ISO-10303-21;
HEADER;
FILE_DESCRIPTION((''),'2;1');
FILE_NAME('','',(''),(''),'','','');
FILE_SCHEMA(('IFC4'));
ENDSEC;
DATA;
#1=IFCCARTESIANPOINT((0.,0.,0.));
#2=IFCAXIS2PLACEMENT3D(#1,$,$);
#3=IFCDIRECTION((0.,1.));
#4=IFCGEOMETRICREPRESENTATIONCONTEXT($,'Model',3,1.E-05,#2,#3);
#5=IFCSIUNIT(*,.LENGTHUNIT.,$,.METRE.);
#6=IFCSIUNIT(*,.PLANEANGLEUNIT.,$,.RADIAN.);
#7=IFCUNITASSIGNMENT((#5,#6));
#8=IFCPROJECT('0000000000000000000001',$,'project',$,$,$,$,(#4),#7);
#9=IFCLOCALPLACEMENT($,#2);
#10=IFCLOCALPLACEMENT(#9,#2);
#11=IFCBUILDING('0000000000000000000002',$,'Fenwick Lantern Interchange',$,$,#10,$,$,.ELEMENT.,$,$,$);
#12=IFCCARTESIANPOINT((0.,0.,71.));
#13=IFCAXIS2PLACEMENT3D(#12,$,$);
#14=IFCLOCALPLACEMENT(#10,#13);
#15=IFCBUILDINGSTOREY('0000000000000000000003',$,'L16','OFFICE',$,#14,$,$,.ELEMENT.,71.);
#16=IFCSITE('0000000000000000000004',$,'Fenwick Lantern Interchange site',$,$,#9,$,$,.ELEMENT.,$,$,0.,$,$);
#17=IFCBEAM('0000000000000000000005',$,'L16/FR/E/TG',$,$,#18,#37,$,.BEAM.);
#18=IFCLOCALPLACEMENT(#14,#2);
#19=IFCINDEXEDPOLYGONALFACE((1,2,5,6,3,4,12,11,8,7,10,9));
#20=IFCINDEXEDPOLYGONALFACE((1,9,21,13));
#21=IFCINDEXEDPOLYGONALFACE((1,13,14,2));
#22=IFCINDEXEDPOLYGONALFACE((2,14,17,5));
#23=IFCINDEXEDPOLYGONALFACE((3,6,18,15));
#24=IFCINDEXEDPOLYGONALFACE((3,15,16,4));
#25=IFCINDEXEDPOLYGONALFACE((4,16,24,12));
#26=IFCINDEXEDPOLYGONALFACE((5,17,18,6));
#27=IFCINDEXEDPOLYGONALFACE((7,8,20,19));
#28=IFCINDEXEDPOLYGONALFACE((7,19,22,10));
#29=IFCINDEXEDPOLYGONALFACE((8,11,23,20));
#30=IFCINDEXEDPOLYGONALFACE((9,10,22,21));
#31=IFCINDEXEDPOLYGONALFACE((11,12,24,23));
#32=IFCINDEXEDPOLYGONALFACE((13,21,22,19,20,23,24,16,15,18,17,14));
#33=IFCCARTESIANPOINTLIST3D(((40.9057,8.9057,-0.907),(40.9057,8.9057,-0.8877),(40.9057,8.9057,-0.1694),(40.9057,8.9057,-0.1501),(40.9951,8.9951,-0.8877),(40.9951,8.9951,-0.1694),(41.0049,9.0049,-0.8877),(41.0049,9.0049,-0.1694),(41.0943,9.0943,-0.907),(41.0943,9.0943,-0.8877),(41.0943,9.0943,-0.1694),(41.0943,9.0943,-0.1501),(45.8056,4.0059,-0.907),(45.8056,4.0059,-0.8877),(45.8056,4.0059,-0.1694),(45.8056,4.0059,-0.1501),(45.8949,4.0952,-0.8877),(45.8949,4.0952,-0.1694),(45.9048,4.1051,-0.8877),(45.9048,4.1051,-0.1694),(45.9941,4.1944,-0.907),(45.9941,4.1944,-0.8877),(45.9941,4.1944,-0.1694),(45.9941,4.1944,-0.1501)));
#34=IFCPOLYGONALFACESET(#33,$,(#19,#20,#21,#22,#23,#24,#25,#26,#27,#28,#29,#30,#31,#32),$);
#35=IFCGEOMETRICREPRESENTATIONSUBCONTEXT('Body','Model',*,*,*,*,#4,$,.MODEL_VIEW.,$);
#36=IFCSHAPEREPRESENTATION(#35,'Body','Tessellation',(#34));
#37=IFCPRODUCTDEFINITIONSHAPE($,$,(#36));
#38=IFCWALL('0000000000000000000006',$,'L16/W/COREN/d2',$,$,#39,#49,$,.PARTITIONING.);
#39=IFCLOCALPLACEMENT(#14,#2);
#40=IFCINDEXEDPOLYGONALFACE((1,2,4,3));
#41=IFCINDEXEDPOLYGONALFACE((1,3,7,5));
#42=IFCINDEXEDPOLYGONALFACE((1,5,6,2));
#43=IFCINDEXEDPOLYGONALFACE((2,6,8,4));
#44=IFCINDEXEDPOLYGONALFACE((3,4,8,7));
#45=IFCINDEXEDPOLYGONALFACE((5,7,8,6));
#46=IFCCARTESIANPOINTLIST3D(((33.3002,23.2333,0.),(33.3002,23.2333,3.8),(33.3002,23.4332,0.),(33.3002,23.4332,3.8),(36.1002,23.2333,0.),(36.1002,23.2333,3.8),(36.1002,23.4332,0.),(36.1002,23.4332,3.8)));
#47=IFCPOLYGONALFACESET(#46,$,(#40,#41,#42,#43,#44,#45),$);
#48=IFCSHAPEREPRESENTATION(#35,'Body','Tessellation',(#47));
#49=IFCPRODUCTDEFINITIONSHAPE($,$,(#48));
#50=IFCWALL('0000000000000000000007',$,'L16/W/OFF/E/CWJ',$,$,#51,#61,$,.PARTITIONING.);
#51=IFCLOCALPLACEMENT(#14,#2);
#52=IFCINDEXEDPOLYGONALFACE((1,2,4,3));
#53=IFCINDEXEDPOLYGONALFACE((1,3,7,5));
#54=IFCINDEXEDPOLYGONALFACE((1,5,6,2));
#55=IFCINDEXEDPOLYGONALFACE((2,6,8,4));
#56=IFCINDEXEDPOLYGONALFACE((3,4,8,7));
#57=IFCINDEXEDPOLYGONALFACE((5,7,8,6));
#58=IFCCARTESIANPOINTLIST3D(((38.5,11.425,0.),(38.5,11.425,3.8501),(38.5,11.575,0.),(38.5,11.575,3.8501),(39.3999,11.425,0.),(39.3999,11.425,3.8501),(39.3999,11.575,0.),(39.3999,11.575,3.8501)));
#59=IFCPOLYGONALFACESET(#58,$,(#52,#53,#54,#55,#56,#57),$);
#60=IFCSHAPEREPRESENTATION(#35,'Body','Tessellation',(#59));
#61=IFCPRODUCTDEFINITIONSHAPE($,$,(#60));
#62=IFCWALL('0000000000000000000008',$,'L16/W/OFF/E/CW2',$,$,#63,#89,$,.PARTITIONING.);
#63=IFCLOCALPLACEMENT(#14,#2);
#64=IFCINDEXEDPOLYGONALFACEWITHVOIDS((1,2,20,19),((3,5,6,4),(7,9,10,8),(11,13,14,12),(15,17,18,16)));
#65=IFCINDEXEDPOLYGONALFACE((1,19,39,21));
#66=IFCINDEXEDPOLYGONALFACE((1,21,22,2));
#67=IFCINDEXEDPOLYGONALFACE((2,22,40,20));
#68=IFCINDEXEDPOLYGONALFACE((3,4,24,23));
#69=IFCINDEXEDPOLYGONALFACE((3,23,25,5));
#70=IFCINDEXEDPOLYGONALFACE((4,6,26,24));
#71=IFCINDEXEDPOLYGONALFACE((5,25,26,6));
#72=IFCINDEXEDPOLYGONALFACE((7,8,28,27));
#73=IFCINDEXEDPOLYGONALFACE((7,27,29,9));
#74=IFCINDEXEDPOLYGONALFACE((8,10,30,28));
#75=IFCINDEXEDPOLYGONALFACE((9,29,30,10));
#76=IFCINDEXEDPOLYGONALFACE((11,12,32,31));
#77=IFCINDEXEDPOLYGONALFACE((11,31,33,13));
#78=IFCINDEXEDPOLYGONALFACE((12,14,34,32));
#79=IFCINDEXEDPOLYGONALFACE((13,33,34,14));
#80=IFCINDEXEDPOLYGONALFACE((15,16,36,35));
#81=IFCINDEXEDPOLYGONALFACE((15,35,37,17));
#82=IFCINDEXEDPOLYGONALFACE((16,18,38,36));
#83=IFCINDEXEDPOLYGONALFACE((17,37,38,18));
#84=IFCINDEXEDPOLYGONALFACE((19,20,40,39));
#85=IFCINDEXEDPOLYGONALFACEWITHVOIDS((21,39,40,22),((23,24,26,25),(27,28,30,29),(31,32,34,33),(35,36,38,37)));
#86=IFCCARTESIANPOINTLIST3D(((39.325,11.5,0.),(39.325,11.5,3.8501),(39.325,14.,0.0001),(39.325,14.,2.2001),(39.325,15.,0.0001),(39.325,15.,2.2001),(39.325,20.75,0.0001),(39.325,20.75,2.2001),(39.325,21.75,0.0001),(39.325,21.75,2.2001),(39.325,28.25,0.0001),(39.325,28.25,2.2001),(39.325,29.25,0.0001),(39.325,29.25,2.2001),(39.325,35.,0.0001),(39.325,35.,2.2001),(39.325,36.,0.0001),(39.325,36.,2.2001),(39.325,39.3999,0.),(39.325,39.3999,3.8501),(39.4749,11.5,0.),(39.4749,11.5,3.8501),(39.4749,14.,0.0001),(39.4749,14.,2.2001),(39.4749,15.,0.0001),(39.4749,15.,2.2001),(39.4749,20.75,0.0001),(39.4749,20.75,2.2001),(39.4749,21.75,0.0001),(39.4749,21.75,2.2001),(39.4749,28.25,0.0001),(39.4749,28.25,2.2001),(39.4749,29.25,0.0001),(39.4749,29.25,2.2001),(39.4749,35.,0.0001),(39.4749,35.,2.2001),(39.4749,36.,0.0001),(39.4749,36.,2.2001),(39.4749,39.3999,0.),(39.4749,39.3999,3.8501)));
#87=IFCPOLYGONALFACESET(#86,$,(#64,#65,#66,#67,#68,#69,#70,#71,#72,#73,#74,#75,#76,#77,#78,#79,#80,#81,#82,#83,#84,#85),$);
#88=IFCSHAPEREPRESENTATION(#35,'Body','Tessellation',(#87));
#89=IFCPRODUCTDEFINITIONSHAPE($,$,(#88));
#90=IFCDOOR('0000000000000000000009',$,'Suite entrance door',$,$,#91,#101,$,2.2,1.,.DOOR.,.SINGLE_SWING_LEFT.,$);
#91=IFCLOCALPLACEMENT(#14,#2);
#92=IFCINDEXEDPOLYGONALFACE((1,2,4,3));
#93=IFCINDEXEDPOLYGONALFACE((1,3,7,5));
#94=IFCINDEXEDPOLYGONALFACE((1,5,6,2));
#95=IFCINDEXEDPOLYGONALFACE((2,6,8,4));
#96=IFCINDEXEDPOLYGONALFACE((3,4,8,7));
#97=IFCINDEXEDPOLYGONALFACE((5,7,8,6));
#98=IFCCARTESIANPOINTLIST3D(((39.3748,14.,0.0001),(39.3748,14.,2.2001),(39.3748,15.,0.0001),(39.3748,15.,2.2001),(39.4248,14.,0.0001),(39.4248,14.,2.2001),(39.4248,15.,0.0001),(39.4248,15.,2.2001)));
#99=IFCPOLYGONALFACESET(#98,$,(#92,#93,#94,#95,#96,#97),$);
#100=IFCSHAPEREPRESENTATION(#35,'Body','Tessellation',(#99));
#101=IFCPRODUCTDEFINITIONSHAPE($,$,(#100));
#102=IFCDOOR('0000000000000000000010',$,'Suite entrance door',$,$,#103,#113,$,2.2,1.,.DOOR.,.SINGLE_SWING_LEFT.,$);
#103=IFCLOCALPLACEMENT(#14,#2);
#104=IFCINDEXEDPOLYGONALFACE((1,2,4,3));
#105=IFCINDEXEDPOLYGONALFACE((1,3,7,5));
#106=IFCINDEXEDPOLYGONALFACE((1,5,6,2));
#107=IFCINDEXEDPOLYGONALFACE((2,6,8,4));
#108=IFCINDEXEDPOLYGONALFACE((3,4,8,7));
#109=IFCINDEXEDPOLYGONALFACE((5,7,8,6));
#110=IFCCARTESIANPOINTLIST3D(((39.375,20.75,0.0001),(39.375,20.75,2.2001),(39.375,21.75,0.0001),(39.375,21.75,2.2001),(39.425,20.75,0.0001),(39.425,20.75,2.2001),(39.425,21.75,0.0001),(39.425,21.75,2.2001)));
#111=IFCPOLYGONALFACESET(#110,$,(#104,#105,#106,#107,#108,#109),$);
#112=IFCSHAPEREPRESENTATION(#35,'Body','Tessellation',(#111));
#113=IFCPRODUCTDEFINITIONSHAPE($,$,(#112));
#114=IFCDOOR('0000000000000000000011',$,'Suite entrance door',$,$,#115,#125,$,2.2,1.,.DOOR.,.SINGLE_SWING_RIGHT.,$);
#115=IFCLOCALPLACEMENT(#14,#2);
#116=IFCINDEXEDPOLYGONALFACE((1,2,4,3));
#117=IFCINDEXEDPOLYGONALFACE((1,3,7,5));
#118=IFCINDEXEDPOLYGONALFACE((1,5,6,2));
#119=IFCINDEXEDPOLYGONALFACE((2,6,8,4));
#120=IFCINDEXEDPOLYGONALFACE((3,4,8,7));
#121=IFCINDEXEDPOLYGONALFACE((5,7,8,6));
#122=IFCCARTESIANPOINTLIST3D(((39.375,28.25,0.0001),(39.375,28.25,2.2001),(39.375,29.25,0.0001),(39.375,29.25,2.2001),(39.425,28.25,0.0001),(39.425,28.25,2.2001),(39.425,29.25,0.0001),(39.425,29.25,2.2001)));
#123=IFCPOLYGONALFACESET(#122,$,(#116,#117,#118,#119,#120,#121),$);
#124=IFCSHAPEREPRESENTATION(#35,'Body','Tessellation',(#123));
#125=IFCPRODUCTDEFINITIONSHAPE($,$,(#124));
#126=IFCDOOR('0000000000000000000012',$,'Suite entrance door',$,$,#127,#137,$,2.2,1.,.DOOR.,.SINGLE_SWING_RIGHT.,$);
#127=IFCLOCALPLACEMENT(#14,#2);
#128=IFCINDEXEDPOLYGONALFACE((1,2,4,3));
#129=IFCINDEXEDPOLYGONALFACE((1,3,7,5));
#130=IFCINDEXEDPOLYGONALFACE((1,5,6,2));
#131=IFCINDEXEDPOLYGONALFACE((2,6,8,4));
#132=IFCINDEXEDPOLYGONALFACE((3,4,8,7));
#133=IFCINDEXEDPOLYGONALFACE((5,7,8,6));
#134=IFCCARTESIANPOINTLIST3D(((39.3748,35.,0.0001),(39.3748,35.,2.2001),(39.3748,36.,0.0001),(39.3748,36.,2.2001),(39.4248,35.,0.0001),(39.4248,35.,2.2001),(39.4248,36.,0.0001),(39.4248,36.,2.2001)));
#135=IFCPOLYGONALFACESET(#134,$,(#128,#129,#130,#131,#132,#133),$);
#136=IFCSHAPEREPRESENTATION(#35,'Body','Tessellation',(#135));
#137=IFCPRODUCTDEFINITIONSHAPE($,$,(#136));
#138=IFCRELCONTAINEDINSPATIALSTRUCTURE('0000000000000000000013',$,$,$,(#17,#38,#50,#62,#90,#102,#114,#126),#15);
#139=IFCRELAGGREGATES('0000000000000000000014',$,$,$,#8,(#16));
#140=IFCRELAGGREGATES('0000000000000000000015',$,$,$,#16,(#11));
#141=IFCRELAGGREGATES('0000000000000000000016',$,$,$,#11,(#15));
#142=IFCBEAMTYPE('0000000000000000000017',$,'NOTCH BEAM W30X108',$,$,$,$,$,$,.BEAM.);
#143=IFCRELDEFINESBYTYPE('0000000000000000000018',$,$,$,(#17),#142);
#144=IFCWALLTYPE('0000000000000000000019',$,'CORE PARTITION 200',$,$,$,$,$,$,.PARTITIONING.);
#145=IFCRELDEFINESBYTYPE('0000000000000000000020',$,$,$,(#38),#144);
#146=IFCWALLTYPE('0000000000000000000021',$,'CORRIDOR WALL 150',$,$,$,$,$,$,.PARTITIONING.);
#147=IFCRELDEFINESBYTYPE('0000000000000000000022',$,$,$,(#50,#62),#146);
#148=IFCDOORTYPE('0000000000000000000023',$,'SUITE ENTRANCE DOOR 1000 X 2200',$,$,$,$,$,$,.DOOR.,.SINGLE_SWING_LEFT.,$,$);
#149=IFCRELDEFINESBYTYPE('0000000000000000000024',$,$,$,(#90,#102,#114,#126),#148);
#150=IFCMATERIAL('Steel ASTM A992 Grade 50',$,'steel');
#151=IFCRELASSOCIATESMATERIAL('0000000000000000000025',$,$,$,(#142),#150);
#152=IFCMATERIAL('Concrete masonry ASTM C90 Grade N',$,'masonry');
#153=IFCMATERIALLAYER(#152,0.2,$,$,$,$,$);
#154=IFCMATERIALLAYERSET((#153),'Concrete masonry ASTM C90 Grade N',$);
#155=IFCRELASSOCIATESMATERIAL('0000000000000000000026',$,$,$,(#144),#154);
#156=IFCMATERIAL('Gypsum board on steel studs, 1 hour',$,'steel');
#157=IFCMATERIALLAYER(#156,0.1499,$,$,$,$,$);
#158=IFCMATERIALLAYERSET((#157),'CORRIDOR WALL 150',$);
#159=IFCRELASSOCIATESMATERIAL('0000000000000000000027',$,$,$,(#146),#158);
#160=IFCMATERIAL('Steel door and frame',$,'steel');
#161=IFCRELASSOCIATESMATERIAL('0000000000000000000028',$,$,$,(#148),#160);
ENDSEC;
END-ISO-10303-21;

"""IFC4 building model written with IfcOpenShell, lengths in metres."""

from ifc_helpers import new_model, si_unit, direction, frame, frame_2d, origin, origin_2d, place, context, subcontext, project, spatial, rectangle, i_section, extrude, material, layer, layer_set, material_profile, profile_set, type_object, element, fill, save


model = new_model("IFC4")

# Units and contexts
model_context = context("Model", 3, precision=1e-05, world=origin(), true_north=direction((0.0, 1.0)))
body_context = subcontext(model_context, "Body", "Model", "MODEL_VIEW")
ifc_project = project(units=[si_unit("LENGTHUNIT", "METRE"), si_unit("PLANEANGLEUNIT", "RADIAN")], contexts=[model_context])

# Site, building, storey
site_placement = place(None, origin())
site = spatial("IfcSite", under=ifc_project, at=site_placement, Name="Fenwick Lantern Interchange site", CompositionType="ELEMENT", RefElevation=0.0)
building_placement = place(site_placement, origin())
building = spatial("IfcBuilding", under=site, at=building_placement, Name="Fenwick Lantern Interchange", CompositionType="ELEMENT")
storey_placement = place(building_placement, frame((0.0, 0.0, 71.0)))
storey = spatial("IfcBuildingStorey", under=building, at=storey_placement, Name="L16", Description="OFFICE", CompositionType="ELEMENT", Elevation=71.0)

# Beam
ifc_material_1 = material(Name="Steel ASTM A992 Grade 50", Category="steel")
ifc_material_profile_1 = material_profile(ifc_material_1, i_section(OverallWidth=0.2666, OverallDepth=0.7568, WebThickness=0.0139, FlangeThickness=0.0193, at=origin_2d()), Name="W30X108")
ifc_profile_set_1 = profile_set([ifc_material_profile_1], Name="Steel ASTM A992 Grade 50")
beam_type_1 = type_object("IfcBeamType", Name="NOTCH BEAM W30X108", PredefinedType="BEAM", material=ifc_profile_set_1)
beam_1_placement = place(storey_placement, frame((41.0, 9.0, -0.5286), z_axis=(0.707107, -0.707107, 0.0), x_axis=(0.707107, 0.707107, 0.0)))
element("IfcBeam", 1, at=beam_1_placement, inside=storey, type_object=beam_type_1, Name="L16/FR/E/TG", PredefinedType="BEAM", context=body_context, shape_type="SweptSolid", body=[
    extrude(i_section(OverallWidth=0.2666, OverallDepth=0.7568, WebThickness=0.0139, FlangeThickness=0.0193, at=origin_2d()), origin(), (0.0, 0.0, 1.0), 6.9294),
])

# Wall
ifc_material_2 = material(Name="Concrete masonry ASTM C90 Grade N", Category="masonry")
ifc_layer_1 = layer(ifc_material_2, 0.2)
ifc_layer_set_1 = layer_set([ifc_layer_1], Name="Concrete masonry ASTM C90 Grade N")
wall_type_1 = type_object("IfcWallType", Name="CORE PARTITION 200", PredefinedType="PARTITIONING", material=ifc_layer_set_1)
wall_1_placement = place(storey_placement, frame((36.1001, 23.3333, 0.0), z_axis=(0.0, 0.0, 1.0), x_axis=(-1.0, 0.0, 0.0)))
element("IfcWall", 2, at=wall_1_placement, inside=storey, type_object=wall_type_1, Name="L16/W/COREN/d2", PredefinedType="PARTITIONING", context=body_context, shape_type="SweptSolid", body=[
    extrude(rectangle(XDim=2.8, YDim=0.2, at=frame_2d((1.3999, 0.0))), origin(), (0.0, 0.0, 1.0), 3.8),
])

# Shared definitions
ifc_material_3 = material(Name="Steel door and frame", Category="steel")

# Wall
ifc_material_4 = material(Name="Gypsum board on steel studs, 1 hour", Category="steel")
ifc_layer_2 = layer(ifc_material_4, 0.1499)
ifc_layer_set_2 = layer_set([ifc_layer_2], Name="CORRIDOR WALL 150")
wall_type_2 = type_object("IfcWallType", Name="CORRIDOR WALL 150", PredefinedType="PARTITIONING", material=ifc_layer_set_2)
wall_2_placement = place(storey_placement, frame((38.5, 11.5, 0.0), z_axis=(0.0, 0.0, 1.0), x_axis=(1.0, 0.0, 0.0)))
element("IfcWall", 3, at=wall_2_placement, inside=storey, type_object=wall_type_2, Name="L16/W/OFF/E/CWJ", PredefinedType="PARTITIONING", context=body_context, shape_type="SweptSolid", body=[
    extrude(rectangle(XDim=0.8999, YDim=0.1499, at=frame_2d((0.45, 0.0))), origin(), (0.0, 0.0, 1.0), 3.8501),
])

# Wall, openings, doors
wall_3_placement = place(storey_placement, frame((39.3999, 11.5, 0.0), z_axis=(0.0, 0.0, 1.0), x_axis=(0.0, 1.0, 0.0)))
wall_3 = element("IfcWall", 4, at=wall_3_placement, inside=storey, type_object=wall_type_2, Name="L16/W/OFF/E/CW2", PredefinedType="PARTITIONING", context=body_context, shape_type="SweptSolid", body=[
    extrude(rectangle(XDim=27.8999, YDim=0.1499, at=frame_2d((13.95, 0.0))), origin(), (0.0, 0.0, 1.0), 3.8501),
])
opening_1_placement = place(wall_3_placement, frame((2.5, 0.0, 0.0)))
opening_1 = element("IfcOpeningElement", 5, at=opening_1_placement, cuts=wall_3, PredefinedType="OPENING", context=body_context, shape_type="SweptSolid", body=[
    extrude(rectangle(XDim=1.0, YDim=2.2, at=frame_2d((0.5, 1.1001))), frame((0.0, 0.085, 0.0), z_axis=(0.0, -1.0, 0.0), x_axis=(1.0, 0.0, 0.0)), (0.0, 0.0, 1.0), 0.1699),
])
opening_2_placement = place(wall_3_placement, frame((9.25, 0.0, 0.0)))
opening_2 = element("IfcOpeningElement", 6, at=opening_2_placement, cuts=wall_3, PredefinedType="OPENING", context=body_context, shape_type="SweptSolid", body=[
    extrude(rectangle(XDim=1.0, YDim=2.2, at=frame_2d((0.5, 1.1001))), frame((0.0, 0.085, 0.0), z_axis=(0.0, -1.0, 0.0), x_axis=(1.0, 0.0, 0.0)), (0.0, 0.0, 1.0), 0.1699),
])
opening_3_placement = place(wall_3_placement, frame((16.75, 0.0, 0.0)))
opening_3 = element("IfcOpeningElement", 7, at=opening_3_placement, cuts=wall_3, PredefinedType="OPENING", context=body_context, shape_type="SweptSolid", body=[
    extrude(rectangle(XDim=1.0, YDim=2.2, at=frame_2d((0.5, 1.1001))), frame((0.0, 0.085, 0.0), z_axis=(0.0, -1.0, 0.0), x_axis=(1.0, 0.0, 0.0)), (0.0, 0.0, 1.0), 0.1699),
])
opening_4_placement = place(wall_3_placement, frame((23.5, 0.0, 0.0)))
opening_4 = element("IfcOpeningElement", 8, at=opening_4_placement, cuts=wall_3, PredefinedType="OPENING", context=body_context, shape_type="SweptSolid", body=[
    extrude(rectangle(XDim=1.0, YDim=2.2, at=frame_2d((0.5, 1.1001))), frame((0.0, 0.085, 0.0), z_axis=(0.0, -1.0, 0.0), x_axis=(1.0, 0.0, 0.0)), (0.0, 0.0, 1.0), 0.1699),
])
door_type_1 = type_object("IfcDoorType", Name="SUITE ENTRANCE DOOR 1000 X 2200", OperationType="SINGLE_SWING_LEFT", PredefinedType="DOOR", material=ifc_material_3)
door_1_placement = place(opening_1_placement, frame((1.0, 0.0, 0.0), z_axis=(0.0, 0.0, 1.0), x_axis=(-1.0, 0.0, 0.0)))
door_1 = element("IfcDoor", 9, at=door_1_placement, inside=storey, type_object=door_type_1, Name="Suite entrance door", OperationType="SINGLE_SWING_LEFT", OverallHeight=2.2, OverallWidth=1.0, PredefinedType="DOOR", context=body_context, shape_type="SweptSolid", body=[
    extrude(rectangle(XDim=1.0, YDim=2.2, at=frame_2d((0.5, 1.1001))), frame((0.0, 0.0249, 0.0), z_axis=(0.0, -1.0, 0.0), x_axis=(1.0, 0.0, 0.0)), (0.0, 0.0, 1.0), 0.05),
])
fill(opening_1, door_1)
door_2_placement = place(opening_2_placement, origin())
door_2 = element("IfcDoor", 10, at=door_2_placement, inside=storey, type_object=door_type_1, Name="Suite entrance door", OperationType="SINGLE_SWING_LEFT", OverallHeight=2.2, OverallWidth=1.0, PredefinedType="DOOR", context=body_context, shape_type="SweptSolid", body=[
    extrude(rectangle(XDim=1.0, YDim=2.2, at=frame_2d((0.5, 1.1001))), frame((0.0, 0.0249, 0.0), z_axis=(0.0, -1.0, 0.0), x_axis=(1.0, 0.0, 0.0)), (0.0, 0.0, 1.0), 0.05),
])
fill(opening_2, door_2)
door_3_placement = place(opening_3_placement, origin())
door_3 = element("IfcDoor", 11, at=door_3_placement, inside=storey, type_object=door_type_1, Name="Suite entrance door", OperationType="SINGLE_SWING_RIGHT", OverallHeight=2.2, OverallWidth=1.0, PredefinedType="DOOR", context=body_context, shape_type="SweptSolid", body=[
    extrude(rectangle(XDim=1.0, YDim=2.2, at=frame_2d((0.5, 1.1001))), frame((0.0, 0.0249, 0.0), z_axis=(0.0, -1.0, 0.0), x_axis=(1.0, 0.0, 0.0)), (0.0, 0.0, 1.0), 0.05),
])
fill(opening_3, door_3)
door_4_placement = place(opening_4_placement, frame((1.0, 0.0, 0.0), z_axis=(0.0, 0.0, 1.0), x_axis=(-1.0, 0.0, 0.0)))
door_4 = element("IfcDoor", 12, at=door_4_placement, inside=storey, type_object=door_type_1, Name="Suite entrance door", OperationType="SINGLE_SWING_RIGHT", OverallHeight=2.2, OverallWidth=1.0, PredefinedType="DOOR", context=body_context, shape_type="SweptSolid", body=[
    extrude(rectangle(XDim=1.0, YDim=2.2, at=frame_2d((0.5, 1.1001))), frame((0.0, 0.0249, 0.0), z_axis=(0.0, -1.0, 0.0), x_axis=(1.0, 0.0, 0.0)), (0.0, 0.0, 1.0), 0.05),
])
fill(opening_4, door_4)

save(model, "model.ifc")
